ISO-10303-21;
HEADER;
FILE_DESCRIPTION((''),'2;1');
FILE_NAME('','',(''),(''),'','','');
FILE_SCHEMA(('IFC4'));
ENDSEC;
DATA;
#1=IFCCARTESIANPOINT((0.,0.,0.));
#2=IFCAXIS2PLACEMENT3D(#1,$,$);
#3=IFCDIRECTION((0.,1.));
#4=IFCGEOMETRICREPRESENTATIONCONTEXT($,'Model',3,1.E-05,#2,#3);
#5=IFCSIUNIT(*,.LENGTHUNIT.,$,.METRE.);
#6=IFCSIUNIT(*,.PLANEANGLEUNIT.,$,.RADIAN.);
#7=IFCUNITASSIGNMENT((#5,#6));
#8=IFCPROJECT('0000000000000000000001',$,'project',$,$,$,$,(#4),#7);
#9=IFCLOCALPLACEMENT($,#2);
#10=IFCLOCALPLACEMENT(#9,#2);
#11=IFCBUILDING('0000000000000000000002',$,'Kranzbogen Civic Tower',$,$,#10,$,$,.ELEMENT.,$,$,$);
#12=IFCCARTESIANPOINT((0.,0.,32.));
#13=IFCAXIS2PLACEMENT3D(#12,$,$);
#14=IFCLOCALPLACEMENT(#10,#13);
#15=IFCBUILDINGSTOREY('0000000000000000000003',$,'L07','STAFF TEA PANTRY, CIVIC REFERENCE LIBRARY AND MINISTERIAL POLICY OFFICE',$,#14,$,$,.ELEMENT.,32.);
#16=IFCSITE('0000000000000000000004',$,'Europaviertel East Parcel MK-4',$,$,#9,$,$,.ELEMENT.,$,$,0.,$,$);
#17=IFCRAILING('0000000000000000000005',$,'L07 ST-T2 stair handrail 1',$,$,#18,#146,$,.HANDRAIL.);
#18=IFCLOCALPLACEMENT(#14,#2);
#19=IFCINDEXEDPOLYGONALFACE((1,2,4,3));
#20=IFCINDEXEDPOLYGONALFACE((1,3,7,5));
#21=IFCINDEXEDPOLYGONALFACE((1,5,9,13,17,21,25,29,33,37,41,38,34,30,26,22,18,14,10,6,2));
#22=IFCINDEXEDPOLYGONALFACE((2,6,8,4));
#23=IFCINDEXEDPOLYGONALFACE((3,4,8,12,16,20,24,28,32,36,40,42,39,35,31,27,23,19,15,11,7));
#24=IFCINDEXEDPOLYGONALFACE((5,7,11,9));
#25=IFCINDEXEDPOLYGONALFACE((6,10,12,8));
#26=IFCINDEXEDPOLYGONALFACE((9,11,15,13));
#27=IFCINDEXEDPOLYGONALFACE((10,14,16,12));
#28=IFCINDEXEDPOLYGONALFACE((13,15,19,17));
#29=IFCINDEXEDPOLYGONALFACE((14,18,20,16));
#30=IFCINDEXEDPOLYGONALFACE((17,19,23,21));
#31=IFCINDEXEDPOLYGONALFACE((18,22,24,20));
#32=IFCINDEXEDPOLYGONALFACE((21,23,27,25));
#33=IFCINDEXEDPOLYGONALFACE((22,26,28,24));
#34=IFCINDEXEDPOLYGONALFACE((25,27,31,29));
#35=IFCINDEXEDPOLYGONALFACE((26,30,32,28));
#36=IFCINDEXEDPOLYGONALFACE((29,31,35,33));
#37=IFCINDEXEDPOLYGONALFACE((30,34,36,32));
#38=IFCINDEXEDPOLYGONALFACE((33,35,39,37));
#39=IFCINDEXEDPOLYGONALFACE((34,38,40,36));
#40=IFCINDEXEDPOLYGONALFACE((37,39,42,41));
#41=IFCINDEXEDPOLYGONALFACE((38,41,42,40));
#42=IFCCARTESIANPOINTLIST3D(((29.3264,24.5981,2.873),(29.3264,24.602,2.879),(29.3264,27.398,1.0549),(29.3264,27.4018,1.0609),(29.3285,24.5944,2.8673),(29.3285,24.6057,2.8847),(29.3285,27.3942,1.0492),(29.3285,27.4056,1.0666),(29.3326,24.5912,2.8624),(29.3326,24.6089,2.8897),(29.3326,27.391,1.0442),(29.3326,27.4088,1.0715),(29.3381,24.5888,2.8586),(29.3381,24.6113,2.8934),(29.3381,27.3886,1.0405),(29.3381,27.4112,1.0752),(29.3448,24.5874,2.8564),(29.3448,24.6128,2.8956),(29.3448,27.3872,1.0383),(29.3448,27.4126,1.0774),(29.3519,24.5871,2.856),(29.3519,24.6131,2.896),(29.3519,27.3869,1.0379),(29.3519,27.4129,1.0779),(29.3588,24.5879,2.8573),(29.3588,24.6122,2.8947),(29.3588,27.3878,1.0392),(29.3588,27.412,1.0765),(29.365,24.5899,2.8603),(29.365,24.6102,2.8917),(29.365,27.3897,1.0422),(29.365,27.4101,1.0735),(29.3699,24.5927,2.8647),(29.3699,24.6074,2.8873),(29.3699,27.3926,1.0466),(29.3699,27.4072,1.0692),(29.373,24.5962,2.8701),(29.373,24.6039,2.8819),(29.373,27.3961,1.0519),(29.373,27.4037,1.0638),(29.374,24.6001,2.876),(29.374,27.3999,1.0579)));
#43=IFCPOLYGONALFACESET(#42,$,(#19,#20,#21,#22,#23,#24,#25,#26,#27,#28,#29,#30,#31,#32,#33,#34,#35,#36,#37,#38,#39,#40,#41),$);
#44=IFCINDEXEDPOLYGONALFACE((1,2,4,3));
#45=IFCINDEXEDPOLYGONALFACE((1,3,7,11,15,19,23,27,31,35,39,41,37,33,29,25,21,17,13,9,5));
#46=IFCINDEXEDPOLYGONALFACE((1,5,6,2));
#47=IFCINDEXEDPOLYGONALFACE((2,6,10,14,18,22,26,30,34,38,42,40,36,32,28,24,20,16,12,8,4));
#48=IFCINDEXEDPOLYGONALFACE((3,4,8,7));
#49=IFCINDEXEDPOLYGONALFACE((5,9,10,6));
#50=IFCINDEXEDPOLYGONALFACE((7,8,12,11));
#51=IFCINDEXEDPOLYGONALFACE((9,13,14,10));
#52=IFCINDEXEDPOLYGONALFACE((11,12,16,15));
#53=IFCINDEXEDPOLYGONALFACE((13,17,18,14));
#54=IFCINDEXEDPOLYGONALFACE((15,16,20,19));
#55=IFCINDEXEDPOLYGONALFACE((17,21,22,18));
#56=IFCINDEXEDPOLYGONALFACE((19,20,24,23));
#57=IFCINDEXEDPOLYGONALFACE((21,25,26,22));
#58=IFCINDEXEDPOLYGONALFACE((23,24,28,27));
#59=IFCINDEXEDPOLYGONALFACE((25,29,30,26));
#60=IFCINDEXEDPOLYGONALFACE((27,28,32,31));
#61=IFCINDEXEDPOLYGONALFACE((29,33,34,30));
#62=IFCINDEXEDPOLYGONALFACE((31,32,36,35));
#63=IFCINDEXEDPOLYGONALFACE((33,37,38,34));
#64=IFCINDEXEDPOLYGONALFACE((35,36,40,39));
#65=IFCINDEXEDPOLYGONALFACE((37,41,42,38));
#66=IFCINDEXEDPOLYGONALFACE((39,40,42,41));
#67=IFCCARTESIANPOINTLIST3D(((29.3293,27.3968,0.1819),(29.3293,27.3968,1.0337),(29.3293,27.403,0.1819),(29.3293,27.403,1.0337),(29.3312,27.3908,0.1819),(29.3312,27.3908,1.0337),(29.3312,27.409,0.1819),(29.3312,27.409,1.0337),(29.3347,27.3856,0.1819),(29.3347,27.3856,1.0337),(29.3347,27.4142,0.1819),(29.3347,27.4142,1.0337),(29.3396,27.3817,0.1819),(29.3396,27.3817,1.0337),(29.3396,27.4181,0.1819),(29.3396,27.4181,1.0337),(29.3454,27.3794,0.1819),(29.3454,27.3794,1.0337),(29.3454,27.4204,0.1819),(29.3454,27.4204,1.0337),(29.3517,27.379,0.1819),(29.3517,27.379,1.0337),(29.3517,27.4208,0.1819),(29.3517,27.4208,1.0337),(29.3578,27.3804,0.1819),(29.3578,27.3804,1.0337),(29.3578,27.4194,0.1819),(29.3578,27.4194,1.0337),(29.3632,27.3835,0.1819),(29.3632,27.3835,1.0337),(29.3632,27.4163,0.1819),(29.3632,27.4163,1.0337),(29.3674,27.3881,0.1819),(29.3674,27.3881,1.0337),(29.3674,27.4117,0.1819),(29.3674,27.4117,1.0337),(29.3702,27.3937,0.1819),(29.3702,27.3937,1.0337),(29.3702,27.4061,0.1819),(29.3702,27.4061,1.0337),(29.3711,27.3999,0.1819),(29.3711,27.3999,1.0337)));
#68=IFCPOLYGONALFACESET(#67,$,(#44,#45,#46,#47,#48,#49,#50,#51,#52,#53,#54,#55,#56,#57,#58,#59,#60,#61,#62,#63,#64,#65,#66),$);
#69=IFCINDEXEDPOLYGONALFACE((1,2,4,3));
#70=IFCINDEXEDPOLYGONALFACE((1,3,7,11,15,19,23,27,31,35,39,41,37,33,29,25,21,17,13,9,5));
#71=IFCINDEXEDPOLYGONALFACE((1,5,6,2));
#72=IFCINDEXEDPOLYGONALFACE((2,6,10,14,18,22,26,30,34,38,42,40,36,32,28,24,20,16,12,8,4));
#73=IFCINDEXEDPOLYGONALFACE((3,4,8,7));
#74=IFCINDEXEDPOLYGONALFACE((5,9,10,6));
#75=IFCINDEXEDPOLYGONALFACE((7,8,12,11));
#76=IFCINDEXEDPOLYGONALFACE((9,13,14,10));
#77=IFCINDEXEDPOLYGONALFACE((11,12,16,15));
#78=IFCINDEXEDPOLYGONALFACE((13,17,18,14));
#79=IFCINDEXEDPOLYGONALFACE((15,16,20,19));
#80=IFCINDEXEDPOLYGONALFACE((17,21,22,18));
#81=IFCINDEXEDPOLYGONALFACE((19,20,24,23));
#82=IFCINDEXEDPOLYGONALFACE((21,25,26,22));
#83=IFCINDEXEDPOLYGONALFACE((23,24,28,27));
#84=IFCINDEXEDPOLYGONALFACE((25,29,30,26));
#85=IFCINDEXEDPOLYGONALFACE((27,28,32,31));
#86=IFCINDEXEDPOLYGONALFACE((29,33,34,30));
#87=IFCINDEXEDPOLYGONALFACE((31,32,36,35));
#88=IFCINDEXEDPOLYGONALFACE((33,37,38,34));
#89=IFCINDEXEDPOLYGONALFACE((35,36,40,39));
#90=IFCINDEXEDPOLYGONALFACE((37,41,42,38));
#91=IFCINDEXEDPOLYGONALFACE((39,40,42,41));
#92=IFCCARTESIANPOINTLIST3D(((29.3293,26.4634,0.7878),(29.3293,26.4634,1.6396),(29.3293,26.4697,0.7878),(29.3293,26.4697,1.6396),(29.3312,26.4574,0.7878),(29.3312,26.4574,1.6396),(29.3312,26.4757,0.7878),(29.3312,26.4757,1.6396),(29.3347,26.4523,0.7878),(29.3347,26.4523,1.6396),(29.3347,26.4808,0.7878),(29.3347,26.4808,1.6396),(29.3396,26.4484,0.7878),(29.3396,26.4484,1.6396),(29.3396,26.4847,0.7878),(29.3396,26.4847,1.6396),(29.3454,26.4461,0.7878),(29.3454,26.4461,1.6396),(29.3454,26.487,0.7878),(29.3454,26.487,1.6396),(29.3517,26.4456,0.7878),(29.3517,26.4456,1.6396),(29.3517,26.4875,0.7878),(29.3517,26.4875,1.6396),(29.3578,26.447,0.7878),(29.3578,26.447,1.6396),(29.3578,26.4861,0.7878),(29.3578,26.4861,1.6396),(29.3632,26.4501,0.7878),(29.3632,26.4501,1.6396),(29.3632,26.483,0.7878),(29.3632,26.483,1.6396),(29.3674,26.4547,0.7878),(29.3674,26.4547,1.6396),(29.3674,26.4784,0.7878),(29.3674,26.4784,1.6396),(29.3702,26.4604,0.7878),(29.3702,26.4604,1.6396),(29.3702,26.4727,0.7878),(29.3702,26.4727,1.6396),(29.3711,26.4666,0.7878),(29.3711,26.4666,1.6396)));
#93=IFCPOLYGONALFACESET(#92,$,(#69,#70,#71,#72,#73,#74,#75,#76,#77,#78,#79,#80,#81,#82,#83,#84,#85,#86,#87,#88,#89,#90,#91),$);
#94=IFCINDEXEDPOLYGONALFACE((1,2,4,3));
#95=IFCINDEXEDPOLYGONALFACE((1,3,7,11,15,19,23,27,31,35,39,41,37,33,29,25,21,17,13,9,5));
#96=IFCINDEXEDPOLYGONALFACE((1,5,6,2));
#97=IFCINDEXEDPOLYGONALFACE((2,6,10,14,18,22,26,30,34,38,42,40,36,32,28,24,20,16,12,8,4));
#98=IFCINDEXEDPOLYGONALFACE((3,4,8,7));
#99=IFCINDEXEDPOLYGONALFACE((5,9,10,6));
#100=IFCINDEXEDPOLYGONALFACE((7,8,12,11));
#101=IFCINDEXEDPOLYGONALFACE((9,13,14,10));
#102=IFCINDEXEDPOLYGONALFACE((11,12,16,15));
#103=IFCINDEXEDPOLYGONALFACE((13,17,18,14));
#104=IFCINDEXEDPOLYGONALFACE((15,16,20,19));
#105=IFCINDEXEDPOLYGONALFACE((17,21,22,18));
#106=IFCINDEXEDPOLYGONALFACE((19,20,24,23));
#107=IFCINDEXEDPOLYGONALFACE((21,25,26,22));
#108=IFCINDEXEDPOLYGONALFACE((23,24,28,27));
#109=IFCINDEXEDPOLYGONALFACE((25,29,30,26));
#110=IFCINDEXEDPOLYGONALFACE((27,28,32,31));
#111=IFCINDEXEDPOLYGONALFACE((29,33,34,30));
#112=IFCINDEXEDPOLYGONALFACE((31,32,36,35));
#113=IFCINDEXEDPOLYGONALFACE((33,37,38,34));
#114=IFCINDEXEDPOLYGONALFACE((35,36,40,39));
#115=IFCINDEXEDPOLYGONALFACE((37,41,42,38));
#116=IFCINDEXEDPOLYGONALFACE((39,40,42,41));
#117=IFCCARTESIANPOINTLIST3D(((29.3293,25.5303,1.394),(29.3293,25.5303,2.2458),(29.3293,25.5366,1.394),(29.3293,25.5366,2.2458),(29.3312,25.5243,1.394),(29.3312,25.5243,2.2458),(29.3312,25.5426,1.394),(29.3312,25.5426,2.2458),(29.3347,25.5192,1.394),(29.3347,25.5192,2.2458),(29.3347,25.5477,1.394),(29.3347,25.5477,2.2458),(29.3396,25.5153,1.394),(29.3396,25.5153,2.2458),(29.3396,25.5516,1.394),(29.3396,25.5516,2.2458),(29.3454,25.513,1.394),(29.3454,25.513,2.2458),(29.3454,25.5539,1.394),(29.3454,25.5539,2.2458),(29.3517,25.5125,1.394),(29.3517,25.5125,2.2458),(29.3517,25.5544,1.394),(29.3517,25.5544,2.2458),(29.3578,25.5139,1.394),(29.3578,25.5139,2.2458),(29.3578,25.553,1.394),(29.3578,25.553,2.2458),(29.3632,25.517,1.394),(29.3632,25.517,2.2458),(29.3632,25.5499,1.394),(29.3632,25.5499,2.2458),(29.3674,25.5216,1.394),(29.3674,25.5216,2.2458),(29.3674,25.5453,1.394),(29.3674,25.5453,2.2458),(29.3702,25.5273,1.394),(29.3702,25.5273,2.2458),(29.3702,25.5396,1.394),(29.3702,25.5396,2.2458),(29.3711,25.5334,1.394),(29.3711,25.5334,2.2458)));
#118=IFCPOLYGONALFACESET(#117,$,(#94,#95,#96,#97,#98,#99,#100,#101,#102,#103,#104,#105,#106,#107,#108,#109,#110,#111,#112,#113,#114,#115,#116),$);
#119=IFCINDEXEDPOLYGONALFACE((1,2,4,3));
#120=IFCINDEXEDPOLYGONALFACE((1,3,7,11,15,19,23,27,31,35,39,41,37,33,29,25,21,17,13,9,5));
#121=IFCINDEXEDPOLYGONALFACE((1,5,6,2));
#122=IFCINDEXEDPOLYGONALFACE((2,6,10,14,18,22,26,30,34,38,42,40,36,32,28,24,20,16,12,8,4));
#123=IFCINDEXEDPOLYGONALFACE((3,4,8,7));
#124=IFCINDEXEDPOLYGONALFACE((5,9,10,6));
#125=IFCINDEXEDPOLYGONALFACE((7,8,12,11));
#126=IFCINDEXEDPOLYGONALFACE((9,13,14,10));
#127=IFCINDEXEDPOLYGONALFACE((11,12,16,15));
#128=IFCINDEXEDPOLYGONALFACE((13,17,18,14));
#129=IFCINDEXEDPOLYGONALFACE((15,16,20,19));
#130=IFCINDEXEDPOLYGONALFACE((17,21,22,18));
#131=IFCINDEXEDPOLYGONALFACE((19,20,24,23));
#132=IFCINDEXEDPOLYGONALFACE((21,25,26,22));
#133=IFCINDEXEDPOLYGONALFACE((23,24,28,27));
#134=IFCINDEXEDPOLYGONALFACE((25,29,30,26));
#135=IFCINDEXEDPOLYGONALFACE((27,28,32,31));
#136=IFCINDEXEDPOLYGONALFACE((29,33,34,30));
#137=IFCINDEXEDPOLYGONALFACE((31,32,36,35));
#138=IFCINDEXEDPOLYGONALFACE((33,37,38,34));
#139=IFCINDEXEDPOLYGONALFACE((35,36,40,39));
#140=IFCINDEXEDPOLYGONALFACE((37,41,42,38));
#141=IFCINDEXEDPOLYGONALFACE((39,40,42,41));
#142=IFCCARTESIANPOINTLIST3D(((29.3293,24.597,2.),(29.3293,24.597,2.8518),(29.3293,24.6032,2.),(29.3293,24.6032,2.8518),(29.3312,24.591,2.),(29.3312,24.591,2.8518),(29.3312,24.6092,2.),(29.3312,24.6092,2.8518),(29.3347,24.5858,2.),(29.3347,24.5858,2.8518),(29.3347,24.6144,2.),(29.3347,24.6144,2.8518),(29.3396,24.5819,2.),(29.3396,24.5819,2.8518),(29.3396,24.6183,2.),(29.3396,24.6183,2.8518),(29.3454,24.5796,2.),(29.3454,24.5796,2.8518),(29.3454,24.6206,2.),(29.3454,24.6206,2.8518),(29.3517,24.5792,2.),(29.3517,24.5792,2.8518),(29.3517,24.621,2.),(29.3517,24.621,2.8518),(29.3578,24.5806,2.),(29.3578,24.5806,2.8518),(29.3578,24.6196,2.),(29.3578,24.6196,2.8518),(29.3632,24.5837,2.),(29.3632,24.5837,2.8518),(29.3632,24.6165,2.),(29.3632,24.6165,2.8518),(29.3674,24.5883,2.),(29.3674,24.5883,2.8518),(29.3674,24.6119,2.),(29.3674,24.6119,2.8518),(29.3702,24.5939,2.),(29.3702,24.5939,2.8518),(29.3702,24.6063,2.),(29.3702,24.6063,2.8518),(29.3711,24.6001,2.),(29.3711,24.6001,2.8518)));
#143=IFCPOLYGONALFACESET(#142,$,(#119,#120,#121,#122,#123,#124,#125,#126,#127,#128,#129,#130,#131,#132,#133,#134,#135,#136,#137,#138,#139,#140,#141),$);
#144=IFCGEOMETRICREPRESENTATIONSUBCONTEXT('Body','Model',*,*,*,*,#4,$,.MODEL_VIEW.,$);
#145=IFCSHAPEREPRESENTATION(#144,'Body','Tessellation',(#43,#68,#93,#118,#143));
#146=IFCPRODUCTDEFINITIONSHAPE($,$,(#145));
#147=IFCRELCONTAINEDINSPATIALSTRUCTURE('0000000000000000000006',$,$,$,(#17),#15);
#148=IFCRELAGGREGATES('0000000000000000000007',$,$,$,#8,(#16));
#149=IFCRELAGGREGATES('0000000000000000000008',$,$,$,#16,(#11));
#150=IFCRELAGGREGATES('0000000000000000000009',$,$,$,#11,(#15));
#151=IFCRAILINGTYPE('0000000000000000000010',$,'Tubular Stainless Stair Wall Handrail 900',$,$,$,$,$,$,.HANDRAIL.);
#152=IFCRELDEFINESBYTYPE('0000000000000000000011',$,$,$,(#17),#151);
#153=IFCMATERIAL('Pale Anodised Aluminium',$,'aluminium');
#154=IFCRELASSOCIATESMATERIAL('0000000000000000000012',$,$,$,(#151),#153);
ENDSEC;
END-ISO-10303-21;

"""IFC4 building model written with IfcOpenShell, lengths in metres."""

from ifc_helpers import new_model, si_unit, direction, frame, origin, origin_2d, place, context, subcontext, project, spatial, circle, extrude, material, type_object, element, save


model = new_model("IFC4")

# Units and contexts
model_context = context("Model", 3, precision=1e-05, world=origin(), true_north=direction((0.0, 1.0)))
body_context = subcontext(model_context, "Body", "Model", "MODEL_VIEW")
ifc_project = project(units=[si_unit("LENGTHUNIT", "METRE"), si_unit("PLANEANGLEUNIT", "RADIAN")], contexts=[model_context])

# Site, building, storey
site_placement = place(None, origin())
site = spatial("IfcSite", under=ifc_project, at=site_placement, Name="Europaviertel East Parcel MK-4", CompositionType="ELEMENT", RefElevation=0.0)
building_placement = place(site_placement, origin())
building = spatial("IfcBuilding", under=site, at=building_placement, Name="Kranzbogen Civic Tower", CompositionType="ELEMENT")
storey_placement = place(building_placement, frame((0.0, 0.0, 32.0)))
storey = spatial("IfcBuildingStorey", under=building, at=storey_placement, Name="L07", Description="STAFF TEA PANTRY, CIVIC REFERENCE LIBRARY AND MINISTERIAL POLICY OFFICE", CompositionType="ELEMENT", Elevation=32.0)

# Shared definitions
ifc_material_1 = material(Name="Pale Anodised Aluminium", Category="aluminium")

# Railing
railing_type_1 = type_object("IfcRailingType", Name="Tubular Stainless Stair Wall Handrail 900", PredefinedType="HANDRAIL", material=ifc_material_1)
railing_1_placement = place(storey_placement, frame((29.3501, 27.3999, 0.1819)))
element("IfcRailing", 1, at=railing_1_placement, inside=storey, type_object=railing_type_1, Name="L07 ST-T2 stair handrail 1", PredefinedType="HANDRAIL", context=body_context, shape_type="SweptSolid", body=[
    extrude(circle(Radius=0.0239, at=origin_2d()), frame((0.0, 0.0, 0.876), z_axis=(0.0, -0.838684, 0.544618), x_axis=(1.0, 0.0, 0.0)), (0.0, 0.0, 1.0), 3.3384),
    extrude(circle(Radius=0.021, at=origin_2d()), origin(), (0.0, 0.0, 1.0), 0.8518),
    extrude(circle(Radius=0.021, at=origin_2d()), frame((0.0, -0.9333, 0.606)), (0.0, 0.0, 1.0), 0.8518),
    extrude(circle(Radius=0.021, at=origin_2d()), frame((0.0, -1.8665, 1.2122)), (0.0, 0.0, 1.0), 0.8518),
    extrude(circle(Radius=0.021, at=origin_2d()), frame((0.0, -2.7998, 1.8181)), (0.0, 0.0, 1.0), 0.8518),
])

save(model, "model.ifc")
